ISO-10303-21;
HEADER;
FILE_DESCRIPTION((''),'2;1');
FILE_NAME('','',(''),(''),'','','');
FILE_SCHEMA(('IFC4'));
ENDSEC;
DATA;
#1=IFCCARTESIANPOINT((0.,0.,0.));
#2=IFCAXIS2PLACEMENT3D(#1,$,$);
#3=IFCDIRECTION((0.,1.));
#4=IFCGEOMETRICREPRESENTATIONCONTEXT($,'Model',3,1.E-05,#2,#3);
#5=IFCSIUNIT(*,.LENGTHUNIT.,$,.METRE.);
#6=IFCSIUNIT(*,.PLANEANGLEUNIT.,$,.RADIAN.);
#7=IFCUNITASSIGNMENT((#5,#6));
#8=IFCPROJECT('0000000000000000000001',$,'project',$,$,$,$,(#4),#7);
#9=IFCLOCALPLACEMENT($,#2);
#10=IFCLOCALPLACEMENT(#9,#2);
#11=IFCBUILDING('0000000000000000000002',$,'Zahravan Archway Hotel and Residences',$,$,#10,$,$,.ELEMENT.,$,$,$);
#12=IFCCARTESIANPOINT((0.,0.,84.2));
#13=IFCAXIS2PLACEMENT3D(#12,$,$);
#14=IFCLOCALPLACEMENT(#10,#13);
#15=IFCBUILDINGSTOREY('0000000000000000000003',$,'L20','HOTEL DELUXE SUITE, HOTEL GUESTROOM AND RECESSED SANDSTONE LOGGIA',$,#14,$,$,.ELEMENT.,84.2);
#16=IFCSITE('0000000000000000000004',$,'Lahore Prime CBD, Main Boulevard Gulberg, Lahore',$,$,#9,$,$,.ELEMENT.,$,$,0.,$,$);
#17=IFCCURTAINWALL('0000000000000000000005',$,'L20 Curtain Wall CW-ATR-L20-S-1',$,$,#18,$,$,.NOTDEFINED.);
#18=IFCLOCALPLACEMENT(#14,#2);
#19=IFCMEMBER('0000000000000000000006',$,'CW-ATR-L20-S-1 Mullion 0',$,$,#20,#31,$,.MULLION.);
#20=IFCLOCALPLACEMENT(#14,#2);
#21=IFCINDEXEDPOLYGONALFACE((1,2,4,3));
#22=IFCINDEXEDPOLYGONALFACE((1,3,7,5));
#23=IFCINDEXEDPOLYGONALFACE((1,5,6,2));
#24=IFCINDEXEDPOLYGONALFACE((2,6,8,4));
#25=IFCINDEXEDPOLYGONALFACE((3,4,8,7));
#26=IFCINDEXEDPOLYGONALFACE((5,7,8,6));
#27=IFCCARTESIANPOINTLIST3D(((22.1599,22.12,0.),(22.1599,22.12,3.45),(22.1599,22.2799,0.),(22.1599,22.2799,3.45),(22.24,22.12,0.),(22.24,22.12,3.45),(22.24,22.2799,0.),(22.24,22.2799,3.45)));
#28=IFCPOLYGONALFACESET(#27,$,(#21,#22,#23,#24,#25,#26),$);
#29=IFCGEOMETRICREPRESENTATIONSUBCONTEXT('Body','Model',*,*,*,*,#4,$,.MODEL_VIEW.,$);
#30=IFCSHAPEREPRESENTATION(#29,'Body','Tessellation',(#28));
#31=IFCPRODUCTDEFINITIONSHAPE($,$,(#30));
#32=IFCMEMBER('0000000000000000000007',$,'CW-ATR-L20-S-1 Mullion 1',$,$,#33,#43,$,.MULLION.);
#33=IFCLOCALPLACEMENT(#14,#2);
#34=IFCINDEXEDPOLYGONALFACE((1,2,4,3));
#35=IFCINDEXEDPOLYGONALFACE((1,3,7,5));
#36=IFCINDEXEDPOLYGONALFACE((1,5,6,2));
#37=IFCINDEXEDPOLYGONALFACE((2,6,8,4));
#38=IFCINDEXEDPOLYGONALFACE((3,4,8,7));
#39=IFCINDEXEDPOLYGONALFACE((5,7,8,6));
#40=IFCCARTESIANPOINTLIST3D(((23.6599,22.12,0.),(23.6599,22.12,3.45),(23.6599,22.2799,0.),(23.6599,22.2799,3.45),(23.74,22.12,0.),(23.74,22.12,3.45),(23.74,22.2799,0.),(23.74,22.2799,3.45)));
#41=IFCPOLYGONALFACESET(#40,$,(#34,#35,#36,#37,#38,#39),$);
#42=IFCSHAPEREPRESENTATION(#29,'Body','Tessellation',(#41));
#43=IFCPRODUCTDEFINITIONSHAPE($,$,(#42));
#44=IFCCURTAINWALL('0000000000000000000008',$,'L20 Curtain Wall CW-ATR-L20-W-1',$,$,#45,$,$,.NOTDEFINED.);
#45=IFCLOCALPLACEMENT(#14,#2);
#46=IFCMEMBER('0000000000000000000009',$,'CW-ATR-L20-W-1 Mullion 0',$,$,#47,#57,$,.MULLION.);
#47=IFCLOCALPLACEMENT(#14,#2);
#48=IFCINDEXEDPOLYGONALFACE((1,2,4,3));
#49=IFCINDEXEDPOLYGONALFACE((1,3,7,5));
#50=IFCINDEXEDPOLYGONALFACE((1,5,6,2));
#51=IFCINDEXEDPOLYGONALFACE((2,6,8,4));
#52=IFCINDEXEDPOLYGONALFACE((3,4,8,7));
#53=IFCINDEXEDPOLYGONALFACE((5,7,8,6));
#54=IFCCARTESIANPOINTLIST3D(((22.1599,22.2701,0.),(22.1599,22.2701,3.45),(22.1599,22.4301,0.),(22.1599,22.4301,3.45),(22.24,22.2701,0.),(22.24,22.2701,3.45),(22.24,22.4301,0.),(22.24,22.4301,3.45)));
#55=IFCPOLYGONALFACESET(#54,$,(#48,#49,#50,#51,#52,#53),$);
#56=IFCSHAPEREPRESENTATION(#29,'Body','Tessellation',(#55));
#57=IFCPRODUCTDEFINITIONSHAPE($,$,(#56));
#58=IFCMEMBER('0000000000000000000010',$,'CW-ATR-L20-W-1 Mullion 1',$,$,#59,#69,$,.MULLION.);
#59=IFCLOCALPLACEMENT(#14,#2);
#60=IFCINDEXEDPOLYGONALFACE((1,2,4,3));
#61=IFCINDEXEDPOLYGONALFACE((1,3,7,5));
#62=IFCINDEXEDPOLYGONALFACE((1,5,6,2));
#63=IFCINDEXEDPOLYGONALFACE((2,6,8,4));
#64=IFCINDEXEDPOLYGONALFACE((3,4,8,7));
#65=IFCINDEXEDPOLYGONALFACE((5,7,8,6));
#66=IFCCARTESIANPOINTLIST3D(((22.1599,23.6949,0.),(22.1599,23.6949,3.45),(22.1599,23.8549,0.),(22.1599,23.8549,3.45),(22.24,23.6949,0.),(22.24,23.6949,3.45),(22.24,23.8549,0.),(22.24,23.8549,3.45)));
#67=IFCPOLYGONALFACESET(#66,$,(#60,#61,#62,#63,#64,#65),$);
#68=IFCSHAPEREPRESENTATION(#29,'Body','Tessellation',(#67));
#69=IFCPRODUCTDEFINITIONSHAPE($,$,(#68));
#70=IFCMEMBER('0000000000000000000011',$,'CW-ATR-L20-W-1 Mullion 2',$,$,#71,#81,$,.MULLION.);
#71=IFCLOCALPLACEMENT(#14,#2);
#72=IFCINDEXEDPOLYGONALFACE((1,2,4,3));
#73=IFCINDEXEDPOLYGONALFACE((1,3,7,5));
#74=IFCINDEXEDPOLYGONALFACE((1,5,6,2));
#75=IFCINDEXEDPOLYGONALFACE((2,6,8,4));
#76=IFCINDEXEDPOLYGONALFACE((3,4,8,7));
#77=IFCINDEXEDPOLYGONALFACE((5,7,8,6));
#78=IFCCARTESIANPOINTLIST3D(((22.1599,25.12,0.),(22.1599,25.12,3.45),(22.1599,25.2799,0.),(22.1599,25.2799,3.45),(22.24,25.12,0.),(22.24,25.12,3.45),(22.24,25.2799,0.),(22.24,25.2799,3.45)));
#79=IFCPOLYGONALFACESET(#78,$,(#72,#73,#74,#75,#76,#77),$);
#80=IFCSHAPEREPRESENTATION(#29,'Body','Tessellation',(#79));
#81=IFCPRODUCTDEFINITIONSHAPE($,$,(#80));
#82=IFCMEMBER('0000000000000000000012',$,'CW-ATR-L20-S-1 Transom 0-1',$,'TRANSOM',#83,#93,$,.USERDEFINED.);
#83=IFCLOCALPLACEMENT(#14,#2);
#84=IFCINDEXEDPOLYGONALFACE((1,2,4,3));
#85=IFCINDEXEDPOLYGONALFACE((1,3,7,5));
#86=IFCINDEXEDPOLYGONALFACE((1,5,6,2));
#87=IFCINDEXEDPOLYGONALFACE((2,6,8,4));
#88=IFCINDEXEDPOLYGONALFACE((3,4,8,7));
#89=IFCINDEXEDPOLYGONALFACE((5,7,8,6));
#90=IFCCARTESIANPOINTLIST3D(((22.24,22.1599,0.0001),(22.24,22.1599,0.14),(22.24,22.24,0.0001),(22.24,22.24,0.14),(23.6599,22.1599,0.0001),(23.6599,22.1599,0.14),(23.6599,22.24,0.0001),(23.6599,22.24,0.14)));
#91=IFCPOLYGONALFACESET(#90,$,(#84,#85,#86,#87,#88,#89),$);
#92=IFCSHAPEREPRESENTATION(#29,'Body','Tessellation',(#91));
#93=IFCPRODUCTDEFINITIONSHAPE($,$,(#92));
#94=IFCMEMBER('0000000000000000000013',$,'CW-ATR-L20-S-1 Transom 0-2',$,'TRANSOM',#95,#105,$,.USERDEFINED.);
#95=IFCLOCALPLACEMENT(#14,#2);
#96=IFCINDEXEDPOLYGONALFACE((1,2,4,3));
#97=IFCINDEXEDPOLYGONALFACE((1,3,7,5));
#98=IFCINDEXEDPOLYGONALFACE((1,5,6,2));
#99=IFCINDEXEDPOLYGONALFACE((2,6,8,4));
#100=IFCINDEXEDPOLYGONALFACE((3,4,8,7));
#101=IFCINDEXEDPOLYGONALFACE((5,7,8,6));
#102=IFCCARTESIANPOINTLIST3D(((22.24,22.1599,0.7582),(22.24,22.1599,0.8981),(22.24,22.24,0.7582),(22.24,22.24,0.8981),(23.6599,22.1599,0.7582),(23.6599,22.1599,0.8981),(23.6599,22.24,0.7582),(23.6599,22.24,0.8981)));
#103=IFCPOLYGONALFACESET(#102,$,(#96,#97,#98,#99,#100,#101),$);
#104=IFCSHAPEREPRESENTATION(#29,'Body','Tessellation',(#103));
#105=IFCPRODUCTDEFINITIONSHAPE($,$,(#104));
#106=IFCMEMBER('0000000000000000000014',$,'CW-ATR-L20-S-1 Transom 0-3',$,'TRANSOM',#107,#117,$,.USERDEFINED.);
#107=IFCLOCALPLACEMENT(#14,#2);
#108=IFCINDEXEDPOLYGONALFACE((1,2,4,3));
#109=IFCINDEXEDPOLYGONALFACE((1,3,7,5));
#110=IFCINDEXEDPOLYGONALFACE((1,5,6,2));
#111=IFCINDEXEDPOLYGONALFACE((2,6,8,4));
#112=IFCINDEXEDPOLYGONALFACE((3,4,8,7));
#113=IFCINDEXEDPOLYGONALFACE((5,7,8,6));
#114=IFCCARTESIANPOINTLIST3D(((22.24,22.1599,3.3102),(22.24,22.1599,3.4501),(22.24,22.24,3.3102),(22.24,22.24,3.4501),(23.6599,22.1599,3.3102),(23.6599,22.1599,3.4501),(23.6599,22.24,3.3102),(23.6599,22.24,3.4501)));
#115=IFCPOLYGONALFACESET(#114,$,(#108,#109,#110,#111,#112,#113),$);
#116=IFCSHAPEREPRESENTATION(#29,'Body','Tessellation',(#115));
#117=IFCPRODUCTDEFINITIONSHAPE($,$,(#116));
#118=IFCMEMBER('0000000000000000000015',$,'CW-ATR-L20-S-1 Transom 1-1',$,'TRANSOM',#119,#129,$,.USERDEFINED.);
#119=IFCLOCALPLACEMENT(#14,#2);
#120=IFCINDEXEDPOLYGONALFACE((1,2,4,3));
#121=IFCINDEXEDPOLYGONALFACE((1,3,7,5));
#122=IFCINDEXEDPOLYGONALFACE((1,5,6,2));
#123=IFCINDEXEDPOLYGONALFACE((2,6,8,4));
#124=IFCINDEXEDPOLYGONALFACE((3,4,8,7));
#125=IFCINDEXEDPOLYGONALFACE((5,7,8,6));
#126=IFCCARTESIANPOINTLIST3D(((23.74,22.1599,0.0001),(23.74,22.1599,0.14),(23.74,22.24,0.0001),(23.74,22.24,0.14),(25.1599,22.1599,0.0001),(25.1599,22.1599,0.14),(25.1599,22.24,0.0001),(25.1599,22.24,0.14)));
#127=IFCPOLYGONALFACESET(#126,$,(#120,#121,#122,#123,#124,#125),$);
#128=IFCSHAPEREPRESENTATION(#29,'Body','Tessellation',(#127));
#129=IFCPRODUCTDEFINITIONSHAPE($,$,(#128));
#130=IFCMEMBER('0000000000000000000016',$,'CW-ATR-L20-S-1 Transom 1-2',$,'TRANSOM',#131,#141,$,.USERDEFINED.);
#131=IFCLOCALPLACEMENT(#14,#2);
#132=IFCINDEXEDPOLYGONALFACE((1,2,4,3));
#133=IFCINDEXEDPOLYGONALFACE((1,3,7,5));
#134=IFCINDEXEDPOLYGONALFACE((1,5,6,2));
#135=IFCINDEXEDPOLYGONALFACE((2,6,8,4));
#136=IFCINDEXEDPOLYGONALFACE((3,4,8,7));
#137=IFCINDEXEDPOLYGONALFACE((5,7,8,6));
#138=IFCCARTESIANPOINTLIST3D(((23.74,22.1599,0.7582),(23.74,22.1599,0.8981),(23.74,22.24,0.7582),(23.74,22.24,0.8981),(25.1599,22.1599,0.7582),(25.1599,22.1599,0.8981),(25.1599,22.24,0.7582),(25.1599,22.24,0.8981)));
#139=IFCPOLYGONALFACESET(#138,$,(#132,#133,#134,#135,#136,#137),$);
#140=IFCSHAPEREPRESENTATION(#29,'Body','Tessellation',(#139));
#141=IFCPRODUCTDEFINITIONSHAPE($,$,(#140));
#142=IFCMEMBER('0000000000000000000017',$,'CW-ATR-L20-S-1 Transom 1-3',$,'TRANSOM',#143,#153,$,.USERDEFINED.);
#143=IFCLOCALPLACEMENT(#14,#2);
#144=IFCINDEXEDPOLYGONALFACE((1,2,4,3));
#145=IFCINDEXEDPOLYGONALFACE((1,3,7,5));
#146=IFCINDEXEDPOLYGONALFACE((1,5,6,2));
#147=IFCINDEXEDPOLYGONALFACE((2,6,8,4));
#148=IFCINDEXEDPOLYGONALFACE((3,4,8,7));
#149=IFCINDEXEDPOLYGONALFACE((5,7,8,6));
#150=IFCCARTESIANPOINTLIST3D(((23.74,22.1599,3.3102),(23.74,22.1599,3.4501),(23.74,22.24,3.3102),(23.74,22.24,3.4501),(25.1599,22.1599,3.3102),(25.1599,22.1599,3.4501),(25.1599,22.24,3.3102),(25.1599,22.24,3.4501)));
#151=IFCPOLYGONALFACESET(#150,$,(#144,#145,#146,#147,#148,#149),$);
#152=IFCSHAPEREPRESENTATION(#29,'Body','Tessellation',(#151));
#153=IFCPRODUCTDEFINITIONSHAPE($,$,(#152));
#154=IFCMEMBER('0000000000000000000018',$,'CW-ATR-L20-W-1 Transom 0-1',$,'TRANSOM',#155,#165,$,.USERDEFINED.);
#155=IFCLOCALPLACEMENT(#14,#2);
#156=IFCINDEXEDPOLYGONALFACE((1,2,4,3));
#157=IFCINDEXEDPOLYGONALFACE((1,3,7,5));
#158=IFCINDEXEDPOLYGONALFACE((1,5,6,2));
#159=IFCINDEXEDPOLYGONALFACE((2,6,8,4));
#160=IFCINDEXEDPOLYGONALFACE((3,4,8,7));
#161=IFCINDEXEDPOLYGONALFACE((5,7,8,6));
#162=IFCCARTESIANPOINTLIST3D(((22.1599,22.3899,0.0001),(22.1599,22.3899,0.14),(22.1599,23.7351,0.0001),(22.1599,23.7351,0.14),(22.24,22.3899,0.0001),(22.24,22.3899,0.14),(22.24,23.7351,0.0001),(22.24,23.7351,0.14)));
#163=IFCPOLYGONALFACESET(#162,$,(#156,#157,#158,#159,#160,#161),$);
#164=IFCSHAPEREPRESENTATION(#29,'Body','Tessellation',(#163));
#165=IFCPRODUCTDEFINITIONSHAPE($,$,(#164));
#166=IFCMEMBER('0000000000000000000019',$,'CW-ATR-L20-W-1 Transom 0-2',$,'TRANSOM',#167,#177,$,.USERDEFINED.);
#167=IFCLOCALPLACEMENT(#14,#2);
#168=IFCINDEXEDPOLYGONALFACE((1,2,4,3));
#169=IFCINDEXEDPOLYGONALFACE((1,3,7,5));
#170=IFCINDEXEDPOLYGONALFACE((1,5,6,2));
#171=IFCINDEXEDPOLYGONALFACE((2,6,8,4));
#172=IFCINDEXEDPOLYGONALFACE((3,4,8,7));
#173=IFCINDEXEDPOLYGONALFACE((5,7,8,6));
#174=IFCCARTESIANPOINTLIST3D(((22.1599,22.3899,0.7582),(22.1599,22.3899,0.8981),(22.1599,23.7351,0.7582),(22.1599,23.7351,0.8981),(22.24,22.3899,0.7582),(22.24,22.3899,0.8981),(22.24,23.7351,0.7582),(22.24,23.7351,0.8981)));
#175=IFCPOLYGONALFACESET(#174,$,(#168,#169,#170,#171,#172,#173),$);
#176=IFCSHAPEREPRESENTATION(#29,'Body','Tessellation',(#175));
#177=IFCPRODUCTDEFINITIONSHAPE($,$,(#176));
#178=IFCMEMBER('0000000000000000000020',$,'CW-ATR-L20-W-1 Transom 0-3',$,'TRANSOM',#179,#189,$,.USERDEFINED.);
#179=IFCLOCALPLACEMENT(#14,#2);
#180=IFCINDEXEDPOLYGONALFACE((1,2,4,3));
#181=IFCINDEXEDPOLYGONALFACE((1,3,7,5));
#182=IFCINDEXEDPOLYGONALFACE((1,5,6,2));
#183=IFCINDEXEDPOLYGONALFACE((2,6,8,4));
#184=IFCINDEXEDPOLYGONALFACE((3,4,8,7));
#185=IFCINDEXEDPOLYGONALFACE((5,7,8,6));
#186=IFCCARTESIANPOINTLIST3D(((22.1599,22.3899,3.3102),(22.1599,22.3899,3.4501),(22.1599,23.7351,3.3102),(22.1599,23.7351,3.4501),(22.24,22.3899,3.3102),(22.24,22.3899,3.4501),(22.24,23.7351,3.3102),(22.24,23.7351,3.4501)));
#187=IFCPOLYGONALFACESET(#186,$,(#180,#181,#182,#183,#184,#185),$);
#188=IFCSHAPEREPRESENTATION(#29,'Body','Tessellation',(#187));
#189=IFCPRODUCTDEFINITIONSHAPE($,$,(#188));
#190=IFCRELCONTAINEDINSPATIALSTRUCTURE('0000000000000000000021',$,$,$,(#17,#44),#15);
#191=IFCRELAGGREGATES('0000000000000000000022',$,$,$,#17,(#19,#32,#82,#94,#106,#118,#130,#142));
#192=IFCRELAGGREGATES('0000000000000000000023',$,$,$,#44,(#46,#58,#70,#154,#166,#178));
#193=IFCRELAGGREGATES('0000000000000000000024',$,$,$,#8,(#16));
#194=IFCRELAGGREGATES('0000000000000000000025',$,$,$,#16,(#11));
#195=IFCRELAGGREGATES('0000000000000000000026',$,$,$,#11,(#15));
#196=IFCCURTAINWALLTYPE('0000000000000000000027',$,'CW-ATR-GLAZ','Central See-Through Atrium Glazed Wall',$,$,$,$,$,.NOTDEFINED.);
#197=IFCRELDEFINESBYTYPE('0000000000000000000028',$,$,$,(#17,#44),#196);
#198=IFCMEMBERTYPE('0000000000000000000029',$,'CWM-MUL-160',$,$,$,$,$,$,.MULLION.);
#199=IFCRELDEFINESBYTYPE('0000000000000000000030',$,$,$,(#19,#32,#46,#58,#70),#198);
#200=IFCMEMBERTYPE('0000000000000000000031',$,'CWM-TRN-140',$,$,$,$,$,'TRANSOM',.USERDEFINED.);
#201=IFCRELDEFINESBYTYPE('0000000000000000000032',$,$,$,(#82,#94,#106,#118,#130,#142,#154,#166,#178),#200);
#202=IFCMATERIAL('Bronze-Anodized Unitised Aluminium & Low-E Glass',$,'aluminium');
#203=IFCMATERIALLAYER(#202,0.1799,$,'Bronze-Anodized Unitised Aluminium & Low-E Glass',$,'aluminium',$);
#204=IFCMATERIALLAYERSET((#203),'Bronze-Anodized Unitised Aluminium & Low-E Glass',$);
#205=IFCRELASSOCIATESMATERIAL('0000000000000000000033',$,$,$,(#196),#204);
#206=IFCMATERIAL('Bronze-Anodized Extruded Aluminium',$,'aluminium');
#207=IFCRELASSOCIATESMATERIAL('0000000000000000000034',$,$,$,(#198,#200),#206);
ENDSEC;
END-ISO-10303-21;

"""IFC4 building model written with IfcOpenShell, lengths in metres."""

from ifc_helpers import new_model, si_unit, direction, frame, origin, origin_2d, place, context, subcontext, project, spatial, rectangle, extrude, source, transform, mapped, material, layer, layer_set, material_profile, profile_set, type_object, element, aggregate, save


model = new_model("IFC4")

# Units and contexts
model_context = context("Model", 3, precision=1e-05, world=origin(), true_north=direction((0.0, 1.0)))
body_context = subcontext(model_context, "Body", "Model", "MODEL_VIEW")
ifc_project = project(units=[si_unit("LENGTHUNIT", "METRE"), si_unit("PLANEANGLEUNIT", "RADIAN")], contexts=[model_context])

# Site, building, storey
site_placement = place(None, origin())
site = spatial("IfcSite", under=ifc_project, at=site_placement, Name="Lahore Prime CBD, Main Boulevard Gulberg, Lahore", CompositionType="ELEMENT", RefElevation=0.0)
building_placement = place(site_placement, origin())
building = spatial("IfcBuilding", under=site, at=building_placement, Name="Zahravan Archway Hotel and Residences", CompositionType="ELEMENT")
storey_placement = place(building_placement, frame((0.0, 0.0, 84.2)))
storey = spatial("IfcBuildingStorey", under=building, at=storey_placement, Name="L20", Description="HOTEL DELUXE SUITE, HOTEL GUESTROOM AND RECESSED SANDSTONE LOGGIA", CompositionType="ELEMENT", Elevation=84.2)

# Curtain walls, members
ifc_material_1 = material(Name="Bronze-Anodized Unitised Aluminium & Low-E Glass", Category="aluminium")
ifc_layer_1 = layer(ifc_material_1, 0.1799, Name="Bronze-Anodized Unitised Aluminium & Low-E Glass", Category="aluminium")
ifc_layer_set_1 = layer_set([ifc_layer_1], Name="Bronze-Anodized Unitised Aluminium & Low-E Glass")
curtain_wall_type = type_object("IfcCurtainWallType", Name="CW-ATR-GLAZ", Description="Central See-Through Atrium Glazed Wall", PredefinedType="NOTDEFINED", material=ifc_layer_set_1)
curtain_wall_1_placement = place(storey_placement, origin())
curtain_wall_1 = element("IfcCurtainWall", 1, at=curtain_wall_1_placement, inside=storey, type_object=curtain_wall_type, Name="L20 Curtain Wall CW-ATR-L20-S-1", PredefinedType="NOTDEFINED")
ifc_material_2 = material(Name="Bronze-Anodized Extruded Aluminium", Category="aluminium")
ifc_material_profile_1 = material_profile(ifc_material_2, rectangle(XDim=0.0801, YDim=0.1599, at=origin_2d()), Name="MUL 80x160", Category="aluminium")
ifc_profile_set_1 = profile_set([ifc_material_profile_1], Name="Bronze-Anodized Extruded Aluminium")
member_type_1 = type_object("IfcMemberType", Name="CWM-MUL-160", PredefinedType="MULLION", material=ifc_profile_set_1)
shared_shape_1 = source(origin(), body_context, "Body", "SweptSolid", [
    extrude(rectangle(XDim=0.0801, YDim=0.1599, at=origin_2d()), origin(), (0.0, 0.0, 1.0), 3.45),
])
member_1_placement = place(storey_placement, frame((22.2, 22.2, 0.0), z_axis=(0.0, 0.0, 1.0), x_axis=(1.0, 0.0, 0.0)))
member_1 = element("IfcMember", 2, at=member_1_placement, type_object=member_type_1, Name="CW-ATR-L20-S-1 Mullion 0", PredefinedType="MULLION", context=body_context, shape_type="MappedRepresentation", body=[
    mapped(shared_shape_1, transform((0.0, 0.0, 0.0), scale=1.0)),
])
member_2_placement = place(storey_placement, frame((23.7, 22.2, 0.0), z_axis=(0.0, 0.0, 1.0), x_axis=(1.0, 0.0, 0.0)))
member_2 = element("IfcMember", 3, at=member_2_placement, type_object=member_type_1, Name="CW-ATR-L20-S-1 Mullion 1", PredefinedType="MULLION", context=body_context, shape_type="MappedRepresentation", body=[
    mapped(shared_shape_1, transform((0.0, 0.0, 0.0), scale=1.0)),
])
curtain_wall_2_placement = place(storey_placement, origin())
curtain_wall_2 = element("IfcCurtainWall", 4, at=curtain_wall_2_placement, inside=storey, type_object=curtain_wall_type, Name="L20 Curtain Wall CW-ATR-L20-W-1", PredefinedType="NOTDEFINED")
member_3_placement = place(storey_placement, frame((22.2, 22.3501, 0.0), z_axis=(0.0, 0.0, 1.0), x_axis=(1.0, 0.0, 0.0)))
member_3 = element("IfcMember", 5, at=member_3_placement, type_object=member_type_1, Name="CW-ATR-L20-W-1 Mullion 0", PredefinedType="MULLION", context=body_context, shape_type="MappedRepresentation", body=[
    mapped(shared_shape_1, transform((0.0, 0.0, 0.0), scale=1.0)),
])
member_4_placement = place(storey_placement, frame((22.2, 23.7749, 0.0), z_axis=(0.0, 0.0, 1.0), x_axis=(1.0, 0.0, 0.0)))
member_4 = element("IfcMember", 6, at=member_4_placement, type_object=member_type_1, Name="CW-ATR-L20-W-1 Mullion 1", PredefinedType="MULLION", context=body_context, shape_type="MappedRepresentation", body=[
    mapped(shared_shape_1, transform((0.0, 0.0, 0.0), scale=1.0)),
])
member_5_placement = place(storey_placement, frame((22.2, 25.2, 0.0), z_axis=(0.0, 0.0, 1.0), x_axis=(1.0, 0.0, 0.0)))
member_5 = element("IfcMember", 7, at=member_5_placement, type_object=member_type_1, Name="CW-ATR-L20-W-1 Mullion 2", PredefinedType="MULLION", context=body_context, shape_type="MappedRepresentation", body=[
    mapped(shared_shape_1, transform((0.0, 0.0, 0.0), scale=1.0)),
])

# Members
ifc_material_profile_2 = material_profile(ifc_material_2, rectangle(XDim=0.0801, YDim=0.1399, at=origin_2d()), Name="TRN 80x140", Category="aluminium")
ifc_profile_set_2 = profile_set([ifc_material_profile_2], Name="Bronze-Anodized Extruded Aluminium")
member_type_2 = type_object("IfcMemberType", Name="CWM-TRN-140", ElementType="TRANSOM", PredefinedType="USERDEFINED", material=ifc_profile_set_2)
shared_shape_2 = source(origin(), body_context, "Body", "SweptSolid", [
    extrude(rectangle(XDim=0.0801, YDim=0.1399, at=origin_2d()), origin(), (0.0, 0.0, 1.0), 1.4199),
])
member_6_placement = place(storey_placement, frame((22.24, 22.2, 0.0701), z_axis=(1.0, 0.0, 0.0), x_axis=(0.0, 1.0, 0.0)))
member_6 = element("IfcMember", 8, at=member_6_placement, type_object=member_type_2, Name="CW-ATR-L20-S-1 Transom 0-1", ObjectType="TRANSOM", PredefinedType="USERDEFINED", context=body_context, shape_type="MappedRepresentation", body=[
    mapped(shared_shape_2, transform((0.0, 0.0, 0.0), scale=1.0)),
])
member_7_placement = place(storey_placement, frame((22.24, 22.2, 0.8281), z_axis=(1.0, 0.0, 0.0), x_axis=(0.0, 1.0, 0.0)))
member_7 = element("IfcMember", 9, at=member_7_placement, type_object=member_type_2, Name="CW-ATR-L20-S-1 Transom 0-2", ObjectType="TRANSOM", PredefinedType="USERDEFINED", context=body_context, shape_type="MappedRepresentation", body=[
    mapped(shared_shape_2, transform((0.0, 0.0, 0.0), scale=1.0)),
])
member_8_placement = place(storey_placement, frame((22.24, 22.2, 3.3801), z_axis=(1.0, 0.0, 0.0), x_axis=(0.0, 1.0, 0.0)))
member_8 = element("IfcMember", 10, at=member_8_placement, type_object=member_type_2, Name="CW-ATR-L20-S-1 Transom 0-3", ObjectType="TRANSOM", PredefinedType="USERDEFINED", context=body_context, shape_type="MappedRepresentation", body=[
    mapped(shared_shape_2, transform((0.0, 0.0, 0.0), scale=1.0)),
])
member_9_placement = place(storey_placement, frame((23.74, 22.2, 0.0701), z_axis=(1.0, 0.0, 0.0), x_axis=(0.0, 1.0, 0.0)))
member_9 = element("IfcMember", 11, at=member_9_placement, type_object=member_type_2, Name="CW-ATR-L20-S-1 Transom 1-1", ObjectType="TRANSOM", PredefinedType="USERDEFINED", context=body_context, shape_type="MappedRepresentation", body=[
    mapped(shared_shape_2, transform((0.0, 0.0, 0.0), scale=1.0)),
])
member_10_placement = place(storey_placement, frame((23.74, 22.2, 0.8281), z_axis=(1.0, 0.0, 0.0), x_axis=(0.0, 1.0, 0.0)))
member_10 = element("IfcMember", 12, at=member_10_placement, type_object=member_type_2, Name="CW-ATR-L20-S-1 Transom 1-2", ObjectType="TRANSOM", PredefinedType="USERDEFINED", context=body_context, shape_type="MappedRepresentation", body=[
    mapped(shared_shape_2, transform((0.0, 0.0, 0.0), scale=1.0)),
])
member_11_placement = place(storey_placement, frame((23.74, 22.2, 3.3801), z_axis=(1.0, 0.0, 0.0), x_axis=(0.0, 1.0, 0.0)))
member_11 = element("IfcMember", 13, at=member_11_placement, type_object=member_type_2, Name="CW-ATR-L20-S-1 Transom 1-3", ObjectType="TRANSOM", PredefinedType="USERDEFINED", context=body_context, shape_type="MappedRepresentation", body=[
    mapped(shared_shape_2, transform((0.0, 0.0, 0.0), scale=1.0)),
])
shared_shape_3 = source(origin(), body_context, "Body", "SweptSolid", [
    extrude(rectangle(XDim=0.0801, YDim=0.1399, at=origin_2d()), origin(), (0.0, 0.0, 1.0), 1.3452),
])
member_12_placement = place(storey_placement, frame((22.2, 22.3899, 0.0701), z_axis=(0.0, 1.0, 0.0), x_axis=(-1.0, 0.0, 0.0)))
member_12 = element("IfcMember", 14, at=member_12_placement, type_object=member_type_2, Name="CW-ATR-L20-W-1 Transom 0-1", ObjectType="TRANSOM", PredefinedType="USERDEFINED", context=body_context, shape_type="MappedRepresentation", body=[
    mapped(shared_shape_3, transform((0.0, 0.0, 0.0), scale=1.0)),
])
member_13_placement = place(storey_placement, frame((22.2, 22.3899, 0.8281), z_axis=(0.0, 1.0, 0.0), x_axis=(-1.0, 0.0, 0.0)))
member_13 = element("IfcMember", 15, at=member_13_placement, type_object=member_type_2, Name="CW-ATR-L20-W-1 Transom 0-2", ObjectType="TRANSOM", PredefinedType="USERDEFINED", context=body_context, shape_type="MappedRepresentation", body=[
    mapped(shared_shape_3, transform((0.0, 0.0, 0.0), scale=1.0)),
])
member_14_placement = place(storey_placement, frame((22.2, 22.3899, 3.3801), z_axis=(0.0, 1.0, 0.0), x_axis=(-1.0, 0.0, 0.0)))
member_14 = element("IfcMember", 16, at=member_14_placement, type_object=member_type_2, Name="CW-ATR-L20-W-1 Transom 0-3", ObjectType="TRANSOM", PredefinedType="USERDEFINED", context=body_context, shape_type="MappedRepresentation", body=[
    mapped(shared_shape_3, transform((0.0, 0.0, 0.0), scale=1.0)),
])

aggregate(curtain_wall_1, [member_1, member_2, member_6, member_7, member_8, member_9, member_10, member_11])
aggregate(curtain_wall_2, [member_3, member_4, member_5, member_12, member_13, member_14])

save(model, "model.ifc")
